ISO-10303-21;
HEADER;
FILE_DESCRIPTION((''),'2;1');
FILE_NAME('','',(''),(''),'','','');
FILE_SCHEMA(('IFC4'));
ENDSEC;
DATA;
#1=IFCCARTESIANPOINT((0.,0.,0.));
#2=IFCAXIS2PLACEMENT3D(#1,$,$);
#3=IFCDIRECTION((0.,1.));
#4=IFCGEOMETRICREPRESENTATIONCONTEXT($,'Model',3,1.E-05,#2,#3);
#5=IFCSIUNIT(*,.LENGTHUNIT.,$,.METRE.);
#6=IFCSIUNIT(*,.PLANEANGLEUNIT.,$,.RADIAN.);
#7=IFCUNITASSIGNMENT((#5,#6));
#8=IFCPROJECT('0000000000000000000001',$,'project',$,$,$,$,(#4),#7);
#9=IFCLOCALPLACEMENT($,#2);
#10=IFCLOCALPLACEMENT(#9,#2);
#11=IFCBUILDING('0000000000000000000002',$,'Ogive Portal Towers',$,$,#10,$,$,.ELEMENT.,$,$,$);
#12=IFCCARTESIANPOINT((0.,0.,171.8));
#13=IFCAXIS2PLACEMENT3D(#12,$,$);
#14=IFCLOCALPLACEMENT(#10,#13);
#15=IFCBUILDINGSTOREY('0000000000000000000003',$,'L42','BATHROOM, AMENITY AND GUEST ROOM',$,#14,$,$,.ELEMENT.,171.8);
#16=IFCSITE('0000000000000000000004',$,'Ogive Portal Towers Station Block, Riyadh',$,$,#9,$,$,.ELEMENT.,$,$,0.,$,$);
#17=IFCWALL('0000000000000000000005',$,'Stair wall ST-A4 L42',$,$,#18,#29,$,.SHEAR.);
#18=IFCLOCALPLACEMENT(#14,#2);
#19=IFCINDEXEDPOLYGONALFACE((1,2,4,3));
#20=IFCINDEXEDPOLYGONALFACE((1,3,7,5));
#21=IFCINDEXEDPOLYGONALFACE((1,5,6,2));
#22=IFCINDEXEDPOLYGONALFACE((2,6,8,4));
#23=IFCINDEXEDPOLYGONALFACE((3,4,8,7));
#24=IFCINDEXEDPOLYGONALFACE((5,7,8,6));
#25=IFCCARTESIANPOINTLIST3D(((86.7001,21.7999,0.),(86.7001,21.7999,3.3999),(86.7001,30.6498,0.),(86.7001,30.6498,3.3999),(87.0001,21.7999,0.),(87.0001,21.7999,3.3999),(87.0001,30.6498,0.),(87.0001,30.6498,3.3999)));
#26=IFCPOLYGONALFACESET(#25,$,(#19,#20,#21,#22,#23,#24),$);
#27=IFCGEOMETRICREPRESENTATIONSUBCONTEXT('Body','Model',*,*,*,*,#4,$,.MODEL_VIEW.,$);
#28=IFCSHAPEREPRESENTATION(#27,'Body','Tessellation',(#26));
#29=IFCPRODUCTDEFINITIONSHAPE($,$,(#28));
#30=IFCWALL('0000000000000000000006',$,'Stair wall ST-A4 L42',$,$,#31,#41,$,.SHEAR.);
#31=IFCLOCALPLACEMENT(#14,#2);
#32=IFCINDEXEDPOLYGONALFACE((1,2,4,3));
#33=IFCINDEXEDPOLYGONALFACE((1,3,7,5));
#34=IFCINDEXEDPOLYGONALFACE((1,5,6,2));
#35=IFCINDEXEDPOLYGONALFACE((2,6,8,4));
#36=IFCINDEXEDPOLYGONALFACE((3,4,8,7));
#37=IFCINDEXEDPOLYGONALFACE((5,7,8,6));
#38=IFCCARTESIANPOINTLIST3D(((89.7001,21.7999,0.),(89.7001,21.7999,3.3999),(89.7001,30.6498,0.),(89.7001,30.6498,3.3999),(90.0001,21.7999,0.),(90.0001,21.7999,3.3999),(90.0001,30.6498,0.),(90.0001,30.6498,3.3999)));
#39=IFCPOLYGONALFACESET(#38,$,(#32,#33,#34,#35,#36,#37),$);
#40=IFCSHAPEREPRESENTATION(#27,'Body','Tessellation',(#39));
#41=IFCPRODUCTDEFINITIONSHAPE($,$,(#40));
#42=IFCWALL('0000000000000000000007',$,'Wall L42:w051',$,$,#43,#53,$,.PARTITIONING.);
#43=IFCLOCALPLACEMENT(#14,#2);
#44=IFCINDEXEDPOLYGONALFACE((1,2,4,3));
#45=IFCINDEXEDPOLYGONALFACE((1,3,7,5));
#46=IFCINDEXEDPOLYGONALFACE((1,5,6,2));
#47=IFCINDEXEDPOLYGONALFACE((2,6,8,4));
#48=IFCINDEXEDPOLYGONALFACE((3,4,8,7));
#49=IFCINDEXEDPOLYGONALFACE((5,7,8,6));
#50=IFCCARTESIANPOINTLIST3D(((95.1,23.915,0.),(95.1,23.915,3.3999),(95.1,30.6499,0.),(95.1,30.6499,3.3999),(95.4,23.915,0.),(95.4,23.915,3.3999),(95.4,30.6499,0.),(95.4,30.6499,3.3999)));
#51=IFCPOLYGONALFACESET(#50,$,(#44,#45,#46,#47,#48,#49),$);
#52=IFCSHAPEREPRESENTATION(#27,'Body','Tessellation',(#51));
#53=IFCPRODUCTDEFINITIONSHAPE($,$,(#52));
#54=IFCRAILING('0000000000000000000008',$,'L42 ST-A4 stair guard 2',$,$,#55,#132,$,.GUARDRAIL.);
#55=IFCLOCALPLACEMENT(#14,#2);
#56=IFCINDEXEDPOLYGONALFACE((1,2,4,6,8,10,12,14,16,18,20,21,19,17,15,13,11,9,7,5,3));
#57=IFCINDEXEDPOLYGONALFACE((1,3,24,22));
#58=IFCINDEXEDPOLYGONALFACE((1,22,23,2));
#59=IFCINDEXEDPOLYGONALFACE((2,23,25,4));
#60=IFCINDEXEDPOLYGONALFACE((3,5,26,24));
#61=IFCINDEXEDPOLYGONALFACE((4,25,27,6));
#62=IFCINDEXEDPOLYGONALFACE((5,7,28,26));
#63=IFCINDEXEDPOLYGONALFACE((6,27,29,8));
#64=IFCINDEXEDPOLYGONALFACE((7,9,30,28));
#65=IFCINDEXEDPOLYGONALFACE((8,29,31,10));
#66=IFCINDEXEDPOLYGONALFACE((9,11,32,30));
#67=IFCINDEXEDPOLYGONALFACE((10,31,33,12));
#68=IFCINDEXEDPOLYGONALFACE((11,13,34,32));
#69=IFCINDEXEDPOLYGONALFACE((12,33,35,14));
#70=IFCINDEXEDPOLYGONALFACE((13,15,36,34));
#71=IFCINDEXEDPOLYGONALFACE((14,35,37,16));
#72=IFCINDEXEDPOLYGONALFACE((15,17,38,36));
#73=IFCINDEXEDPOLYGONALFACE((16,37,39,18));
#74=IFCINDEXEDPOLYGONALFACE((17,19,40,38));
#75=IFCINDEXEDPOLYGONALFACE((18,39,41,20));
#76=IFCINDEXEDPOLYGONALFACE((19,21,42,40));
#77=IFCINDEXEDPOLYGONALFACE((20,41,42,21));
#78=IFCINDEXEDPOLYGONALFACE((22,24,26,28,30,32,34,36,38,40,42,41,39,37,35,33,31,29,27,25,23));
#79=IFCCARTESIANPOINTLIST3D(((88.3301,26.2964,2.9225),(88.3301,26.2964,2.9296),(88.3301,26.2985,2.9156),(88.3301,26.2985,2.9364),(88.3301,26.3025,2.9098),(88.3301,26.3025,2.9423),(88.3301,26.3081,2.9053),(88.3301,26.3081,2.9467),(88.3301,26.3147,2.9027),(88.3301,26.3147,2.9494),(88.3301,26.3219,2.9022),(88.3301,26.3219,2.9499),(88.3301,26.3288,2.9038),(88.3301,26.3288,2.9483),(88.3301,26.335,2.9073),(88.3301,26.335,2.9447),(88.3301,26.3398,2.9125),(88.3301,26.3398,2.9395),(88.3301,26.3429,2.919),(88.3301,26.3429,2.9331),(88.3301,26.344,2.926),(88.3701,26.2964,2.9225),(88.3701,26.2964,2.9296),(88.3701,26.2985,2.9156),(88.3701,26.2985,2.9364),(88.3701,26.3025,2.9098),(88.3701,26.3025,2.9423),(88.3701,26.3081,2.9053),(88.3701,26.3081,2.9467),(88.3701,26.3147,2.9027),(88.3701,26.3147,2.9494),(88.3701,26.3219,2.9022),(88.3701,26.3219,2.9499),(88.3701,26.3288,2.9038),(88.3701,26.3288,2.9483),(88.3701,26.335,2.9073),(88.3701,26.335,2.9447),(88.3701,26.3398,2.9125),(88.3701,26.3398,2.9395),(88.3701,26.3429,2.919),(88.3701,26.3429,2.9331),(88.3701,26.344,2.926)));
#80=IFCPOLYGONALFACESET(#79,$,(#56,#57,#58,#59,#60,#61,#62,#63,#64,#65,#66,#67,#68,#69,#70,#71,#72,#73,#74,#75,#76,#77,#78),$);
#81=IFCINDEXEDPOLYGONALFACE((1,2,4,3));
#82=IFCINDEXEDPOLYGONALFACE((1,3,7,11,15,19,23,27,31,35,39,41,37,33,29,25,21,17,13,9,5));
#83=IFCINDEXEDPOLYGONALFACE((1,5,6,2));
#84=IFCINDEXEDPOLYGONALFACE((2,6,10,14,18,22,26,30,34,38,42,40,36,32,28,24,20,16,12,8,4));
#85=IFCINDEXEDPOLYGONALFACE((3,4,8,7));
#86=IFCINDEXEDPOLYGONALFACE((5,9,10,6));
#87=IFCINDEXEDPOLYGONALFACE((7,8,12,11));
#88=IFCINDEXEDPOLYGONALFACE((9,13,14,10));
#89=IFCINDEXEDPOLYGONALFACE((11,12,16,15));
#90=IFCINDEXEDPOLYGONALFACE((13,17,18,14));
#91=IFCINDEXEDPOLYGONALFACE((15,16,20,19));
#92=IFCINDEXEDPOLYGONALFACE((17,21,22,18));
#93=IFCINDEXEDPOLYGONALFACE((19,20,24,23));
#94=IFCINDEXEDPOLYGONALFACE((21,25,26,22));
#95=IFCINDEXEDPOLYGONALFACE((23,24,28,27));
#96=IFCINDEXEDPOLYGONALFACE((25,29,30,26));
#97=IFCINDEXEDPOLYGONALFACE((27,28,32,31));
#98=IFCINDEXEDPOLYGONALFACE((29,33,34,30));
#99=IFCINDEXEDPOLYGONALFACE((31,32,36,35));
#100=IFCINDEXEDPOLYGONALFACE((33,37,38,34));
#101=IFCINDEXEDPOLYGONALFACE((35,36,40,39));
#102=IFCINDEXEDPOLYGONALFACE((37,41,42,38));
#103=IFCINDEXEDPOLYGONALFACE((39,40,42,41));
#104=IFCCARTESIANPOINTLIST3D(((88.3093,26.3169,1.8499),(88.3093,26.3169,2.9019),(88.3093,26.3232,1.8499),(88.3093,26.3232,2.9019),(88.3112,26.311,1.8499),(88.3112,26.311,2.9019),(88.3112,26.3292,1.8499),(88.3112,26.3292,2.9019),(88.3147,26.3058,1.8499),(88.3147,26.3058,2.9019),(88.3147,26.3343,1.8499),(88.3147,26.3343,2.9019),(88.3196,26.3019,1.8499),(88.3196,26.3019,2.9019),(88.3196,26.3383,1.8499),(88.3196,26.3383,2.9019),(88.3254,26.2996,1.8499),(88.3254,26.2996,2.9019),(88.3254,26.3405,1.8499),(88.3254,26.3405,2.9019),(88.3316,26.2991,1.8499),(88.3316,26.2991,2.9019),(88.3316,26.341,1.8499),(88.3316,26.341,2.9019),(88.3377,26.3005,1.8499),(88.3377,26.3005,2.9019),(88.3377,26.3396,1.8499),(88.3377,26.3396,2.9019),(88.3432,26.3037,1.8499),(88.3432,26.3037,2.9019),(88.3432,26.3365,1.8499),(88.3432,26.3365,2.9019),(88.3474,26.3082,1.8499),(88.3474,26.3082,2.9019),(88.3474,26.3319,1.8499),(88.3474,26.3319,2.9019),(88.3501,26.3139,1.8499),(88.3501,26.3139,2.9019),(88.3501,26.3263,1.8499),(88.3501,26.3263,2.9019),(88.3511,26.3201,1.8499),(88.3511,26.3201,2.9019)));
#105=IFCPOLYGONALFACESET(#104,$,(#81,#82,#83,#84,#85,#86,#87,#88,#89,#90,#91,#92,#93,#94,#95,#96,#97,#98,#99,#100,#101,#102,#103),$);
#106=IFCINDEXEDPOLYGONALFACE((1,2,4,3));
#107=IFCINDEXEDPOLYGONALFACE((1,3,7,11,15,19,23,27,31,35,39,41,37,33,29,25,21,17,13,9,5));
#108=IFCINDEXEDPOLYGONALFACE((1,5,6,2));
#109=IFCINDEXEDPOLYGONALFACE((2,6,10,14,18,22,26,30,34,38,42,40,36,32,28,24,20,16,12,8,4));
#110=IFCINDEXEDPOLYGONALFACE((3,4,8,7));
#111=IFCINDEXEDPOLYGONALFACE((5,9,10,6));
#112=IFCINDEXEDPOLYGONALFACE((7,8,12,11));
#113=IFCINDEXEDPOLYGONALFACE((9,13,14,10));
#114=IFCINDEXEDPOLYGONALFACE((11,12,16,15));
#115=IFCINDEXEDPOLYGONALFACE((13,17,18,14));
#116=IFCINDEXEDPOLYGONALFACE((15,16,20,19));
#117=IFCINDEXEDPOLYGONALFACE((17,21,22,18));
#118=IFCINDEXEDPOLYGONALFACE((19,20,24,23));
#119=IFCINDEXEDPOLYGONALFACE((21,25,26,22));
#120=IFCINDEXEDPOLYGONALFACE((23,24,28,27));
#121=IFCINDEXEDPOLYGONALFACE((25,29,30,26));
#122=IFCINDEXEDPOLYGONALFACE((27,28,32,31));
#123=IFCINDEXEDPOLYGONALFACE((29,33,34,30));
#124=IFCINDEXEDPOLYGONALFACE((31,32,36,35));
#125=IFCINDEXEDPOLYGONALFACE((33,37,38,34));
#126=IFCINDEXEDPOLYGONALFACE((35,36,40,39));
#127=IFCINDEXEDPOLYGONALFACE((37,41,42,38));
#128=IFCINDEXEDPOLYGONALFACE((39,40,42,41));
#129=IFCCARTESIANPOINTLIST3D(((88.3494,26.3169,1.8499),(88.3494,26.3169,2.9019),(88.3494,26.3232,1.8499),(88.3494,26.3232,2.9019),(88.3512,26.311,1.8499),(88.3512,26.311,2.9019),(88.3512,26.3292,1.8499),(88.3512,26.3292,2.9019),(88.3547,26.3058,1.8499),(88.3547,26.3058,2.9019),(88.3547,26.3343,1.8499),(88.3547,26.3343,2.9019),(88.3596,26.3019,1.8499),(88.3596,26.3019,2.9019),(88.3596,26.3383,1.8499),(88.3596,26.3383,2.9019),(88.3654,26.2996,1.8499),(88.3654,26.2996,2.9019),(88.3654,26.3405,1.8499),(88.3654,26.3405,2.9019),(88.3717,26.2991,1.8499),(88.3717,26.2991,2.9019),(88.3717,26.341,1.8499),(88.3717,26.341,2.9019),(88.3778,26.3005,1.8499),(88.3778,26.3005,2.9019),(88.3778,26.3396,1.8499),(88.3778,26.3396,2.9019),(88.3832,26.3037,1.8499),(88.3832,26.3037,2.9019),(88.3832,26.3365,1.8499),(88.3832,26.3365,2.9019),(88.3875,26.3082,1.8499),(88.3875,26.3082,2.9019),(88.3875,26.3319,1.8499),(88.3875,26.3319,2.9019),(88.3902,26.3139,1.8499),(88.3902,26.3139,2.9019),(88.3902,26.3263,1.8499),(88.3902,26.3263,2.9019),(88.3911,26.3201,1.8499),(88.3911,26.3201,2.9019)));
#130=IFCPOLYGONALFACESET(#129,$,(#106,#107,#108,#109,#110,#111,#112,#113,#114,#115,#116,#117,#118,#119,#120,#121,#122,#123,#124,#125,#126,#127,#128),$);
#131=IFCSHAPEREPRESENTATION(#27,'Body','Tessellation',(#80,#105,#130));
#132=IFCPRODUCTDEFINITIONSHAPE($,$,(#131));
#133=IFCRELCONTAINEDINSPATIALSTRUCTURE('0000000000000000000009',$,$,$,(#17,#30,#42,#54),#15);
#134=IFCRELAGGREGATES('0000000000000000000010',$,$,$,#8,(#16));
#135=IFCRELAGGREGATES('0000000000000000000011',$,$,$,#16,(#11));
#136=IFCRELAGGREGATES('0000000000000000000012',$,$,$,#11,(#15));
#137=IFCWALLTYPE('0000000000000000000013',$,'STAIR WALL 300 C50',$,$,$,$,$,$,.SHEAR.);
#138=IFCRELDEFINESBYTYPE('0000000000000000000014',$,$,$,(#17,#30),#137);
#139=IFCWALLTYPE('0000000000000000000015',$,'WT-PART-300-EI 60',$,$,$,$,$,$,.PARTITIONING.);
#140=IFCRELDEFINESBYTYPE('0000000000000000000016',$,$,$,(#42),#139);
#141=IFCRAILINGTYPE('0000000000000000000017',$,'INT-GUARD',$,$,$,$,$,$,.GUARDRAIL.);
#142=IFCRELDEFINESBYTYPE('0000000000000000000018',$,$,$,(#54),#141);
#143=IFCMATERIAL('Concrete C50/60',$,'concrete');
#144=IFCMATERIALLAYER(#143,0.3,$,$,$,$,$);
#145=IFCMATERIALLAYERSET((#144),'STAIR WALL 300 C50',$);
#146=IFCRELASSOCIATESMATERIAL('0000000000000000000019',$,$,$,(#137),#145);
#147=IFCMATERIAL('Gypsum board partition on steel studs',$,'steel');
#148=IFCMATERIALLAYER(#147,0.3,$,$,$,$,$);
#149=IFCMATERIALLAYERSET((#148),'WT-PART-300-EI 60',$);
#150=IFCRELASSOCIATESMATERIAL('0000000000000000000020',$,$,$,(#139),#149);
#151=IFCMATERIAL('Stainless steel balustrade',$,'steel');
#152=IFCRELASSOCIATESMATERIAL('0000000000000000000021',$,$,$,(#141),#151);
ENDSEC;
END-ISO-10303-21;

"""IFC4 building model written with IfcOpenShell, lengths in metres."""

from ifc_helpers import new_model, si_unit, direction, frame, frame_2d, origin, origin_2d, place, context, subcontext, project, spatial, rectangle, circle, extrude, material, layer, layer_set, type_object, element, save


model = new_model("IFC4")

# Units and contexts
model_context = context("Model", 3, precision=1e-05, world=origin(), true_north=direction((0.0, 1.0)))
body_context = subcontext(model_context, "Body", "Model", "MODEL_VIEW")
ifc_project = project(units=[si_unit("LENGTHUNIT", "METRE"), si_unit("PLANEANGLEUNIT", "RADIAN")], contexts=[model_context])

# Site, building, storey
site_placement = place(None, origin())
site = spatial("IfcSite", under=ifc_project, at=site_placement, Name="Ogive Portal Towers Station Block, Riyadh", CompositionType="ELEMENT", RefElevation=0.0)
building_placement = place(site_placement, origin())
building = spatial("IfcBuilding", under=site, at=building_placement, Name="Ogive Portal Towers", CompositionType="ELEMENT")
storey_placement = place(building_placement, frame((0.0, 0.0, 171.8)))
storey = spatial("IfcBuildingStorey", under=building, at=storey_placement, Name="L42", Description="BATHROOM, AMENITY AND GUEST ROOM", CompositionType="ELEMENT", Elevation=171.8)

# Walls
ifc_material_1 = material(Name="Concrete C50/60", Category="concrete")
ifc_layer_1 = layer(ifc_material_1, 0.3)
ifc_layer_set_1 = layer_set([ifc_layer_1], Name="STAIR WALL 300 C50")
wall_type_1 = type_object("IfcWallType", Name="STAIR WALL 300 C50", PredefinedType="SHEAR", material=ifc_layer_set_1)
for number, where, z_axis, x_axis, name in (
    (1, (86.8501, 21.8, 0.0), (0.0, 0.0, 1.0), (0.0, 1.0, 0.0), "Stair wall ST-A4 L42"),
    (2, (89.8501, 21.8, 0.0), (0.0, 0.0, 1.0), (0.0, 1.0, 0.0), "Stair wall ST-A4 L42"),
):
    element("IfcWall", number, at=place(storey_placement, frame(where, z_axis=z_axis, x_axis=x_axis)), inside=storey, type_object=wall_type_1, Name=name, PredefinedType="SHEAR", context=body_context, shape_type="SweptSolid", body=[
        extrude(rectangle(XDim=8.8499, YDim=0.3, at=frame_2d((4.4248, 0.0))), origin(), (0.0, 0.0, 1.0), 3.3999),
    ])
ifc_material_2 = material(Name="Gypsum board partition on steel studs", Category="steel")
ifc_layer_2 = layer(ifc_material_2, 0.3)
ifc_layer_set_2 = layer_set([ifc_layer_2], Name="WT-PART-300-EI 60")
wall_type_2 = type_object("IfcWallType", Name="WT-PART-300-EI 60", PredefinedType="PARTITIONING", material=ifc_layer_set_2)
wall_1_placement = place(storey_placement, frame((95.25, 23.915, 0.0), z_axis=(0.0, 0.0, 1.0), x_axis=(0.0, 1.0, 0.0)))
element("IfcWall", 3, at=wall_1_placement, inside=storey, type_object=wall_type_2, Name="Wall L42:w051", PredefinedType="PARTITIONING", context=body_context, shape_type="SweptSolid", body=[
    extrude(rectangle(XDim=6.7349, YDim=0.3, at=frame_2d((3.3674, 0.0))), origin(), (0.0, 0.0, 1.0), 3.3999),
])

# Railing
ifc_material_3 = material(Name="Stainless steel balustrade", Category="steel")
railing_type = type_object("IfcRailingType", Name="INT-GUARD", PredefinedType="GUARDRAIL", material=ifc_material_3)
railing_placement = place(storey_placement, frame((88.3301, 26.3201, 1.8499)))
element("IfcRailing", 4, at=railing_placement, inside=storey, type_object=railing_type, Name="L42 ST-A4 stair guard 2", PredefinedType="GUARDRAIL", context=body_context, shape_type="SweptSolid", body=[
    extrude(circle(Radius=0.0239, at=origin_2d()), frame((0.0, 0.0, 1.0762), z_axis=(1.0, 0.0, 0.0), x_axis=(0.0, 1.0, 0.0)), (0.0, 0.0, 1.0), 0.04),
    extrude(circle(Radius=0.021, at=origin_2d()), origin(), (0.0, 0.0, 1.0), 1.052),
    extrude(circle(Radius=0.021, at=origin_2d()), frame((0.04, 0.0, 0.0)), (0.0, 0.0, 1.0), 1.052),
])

save(model, "model.ifc")
